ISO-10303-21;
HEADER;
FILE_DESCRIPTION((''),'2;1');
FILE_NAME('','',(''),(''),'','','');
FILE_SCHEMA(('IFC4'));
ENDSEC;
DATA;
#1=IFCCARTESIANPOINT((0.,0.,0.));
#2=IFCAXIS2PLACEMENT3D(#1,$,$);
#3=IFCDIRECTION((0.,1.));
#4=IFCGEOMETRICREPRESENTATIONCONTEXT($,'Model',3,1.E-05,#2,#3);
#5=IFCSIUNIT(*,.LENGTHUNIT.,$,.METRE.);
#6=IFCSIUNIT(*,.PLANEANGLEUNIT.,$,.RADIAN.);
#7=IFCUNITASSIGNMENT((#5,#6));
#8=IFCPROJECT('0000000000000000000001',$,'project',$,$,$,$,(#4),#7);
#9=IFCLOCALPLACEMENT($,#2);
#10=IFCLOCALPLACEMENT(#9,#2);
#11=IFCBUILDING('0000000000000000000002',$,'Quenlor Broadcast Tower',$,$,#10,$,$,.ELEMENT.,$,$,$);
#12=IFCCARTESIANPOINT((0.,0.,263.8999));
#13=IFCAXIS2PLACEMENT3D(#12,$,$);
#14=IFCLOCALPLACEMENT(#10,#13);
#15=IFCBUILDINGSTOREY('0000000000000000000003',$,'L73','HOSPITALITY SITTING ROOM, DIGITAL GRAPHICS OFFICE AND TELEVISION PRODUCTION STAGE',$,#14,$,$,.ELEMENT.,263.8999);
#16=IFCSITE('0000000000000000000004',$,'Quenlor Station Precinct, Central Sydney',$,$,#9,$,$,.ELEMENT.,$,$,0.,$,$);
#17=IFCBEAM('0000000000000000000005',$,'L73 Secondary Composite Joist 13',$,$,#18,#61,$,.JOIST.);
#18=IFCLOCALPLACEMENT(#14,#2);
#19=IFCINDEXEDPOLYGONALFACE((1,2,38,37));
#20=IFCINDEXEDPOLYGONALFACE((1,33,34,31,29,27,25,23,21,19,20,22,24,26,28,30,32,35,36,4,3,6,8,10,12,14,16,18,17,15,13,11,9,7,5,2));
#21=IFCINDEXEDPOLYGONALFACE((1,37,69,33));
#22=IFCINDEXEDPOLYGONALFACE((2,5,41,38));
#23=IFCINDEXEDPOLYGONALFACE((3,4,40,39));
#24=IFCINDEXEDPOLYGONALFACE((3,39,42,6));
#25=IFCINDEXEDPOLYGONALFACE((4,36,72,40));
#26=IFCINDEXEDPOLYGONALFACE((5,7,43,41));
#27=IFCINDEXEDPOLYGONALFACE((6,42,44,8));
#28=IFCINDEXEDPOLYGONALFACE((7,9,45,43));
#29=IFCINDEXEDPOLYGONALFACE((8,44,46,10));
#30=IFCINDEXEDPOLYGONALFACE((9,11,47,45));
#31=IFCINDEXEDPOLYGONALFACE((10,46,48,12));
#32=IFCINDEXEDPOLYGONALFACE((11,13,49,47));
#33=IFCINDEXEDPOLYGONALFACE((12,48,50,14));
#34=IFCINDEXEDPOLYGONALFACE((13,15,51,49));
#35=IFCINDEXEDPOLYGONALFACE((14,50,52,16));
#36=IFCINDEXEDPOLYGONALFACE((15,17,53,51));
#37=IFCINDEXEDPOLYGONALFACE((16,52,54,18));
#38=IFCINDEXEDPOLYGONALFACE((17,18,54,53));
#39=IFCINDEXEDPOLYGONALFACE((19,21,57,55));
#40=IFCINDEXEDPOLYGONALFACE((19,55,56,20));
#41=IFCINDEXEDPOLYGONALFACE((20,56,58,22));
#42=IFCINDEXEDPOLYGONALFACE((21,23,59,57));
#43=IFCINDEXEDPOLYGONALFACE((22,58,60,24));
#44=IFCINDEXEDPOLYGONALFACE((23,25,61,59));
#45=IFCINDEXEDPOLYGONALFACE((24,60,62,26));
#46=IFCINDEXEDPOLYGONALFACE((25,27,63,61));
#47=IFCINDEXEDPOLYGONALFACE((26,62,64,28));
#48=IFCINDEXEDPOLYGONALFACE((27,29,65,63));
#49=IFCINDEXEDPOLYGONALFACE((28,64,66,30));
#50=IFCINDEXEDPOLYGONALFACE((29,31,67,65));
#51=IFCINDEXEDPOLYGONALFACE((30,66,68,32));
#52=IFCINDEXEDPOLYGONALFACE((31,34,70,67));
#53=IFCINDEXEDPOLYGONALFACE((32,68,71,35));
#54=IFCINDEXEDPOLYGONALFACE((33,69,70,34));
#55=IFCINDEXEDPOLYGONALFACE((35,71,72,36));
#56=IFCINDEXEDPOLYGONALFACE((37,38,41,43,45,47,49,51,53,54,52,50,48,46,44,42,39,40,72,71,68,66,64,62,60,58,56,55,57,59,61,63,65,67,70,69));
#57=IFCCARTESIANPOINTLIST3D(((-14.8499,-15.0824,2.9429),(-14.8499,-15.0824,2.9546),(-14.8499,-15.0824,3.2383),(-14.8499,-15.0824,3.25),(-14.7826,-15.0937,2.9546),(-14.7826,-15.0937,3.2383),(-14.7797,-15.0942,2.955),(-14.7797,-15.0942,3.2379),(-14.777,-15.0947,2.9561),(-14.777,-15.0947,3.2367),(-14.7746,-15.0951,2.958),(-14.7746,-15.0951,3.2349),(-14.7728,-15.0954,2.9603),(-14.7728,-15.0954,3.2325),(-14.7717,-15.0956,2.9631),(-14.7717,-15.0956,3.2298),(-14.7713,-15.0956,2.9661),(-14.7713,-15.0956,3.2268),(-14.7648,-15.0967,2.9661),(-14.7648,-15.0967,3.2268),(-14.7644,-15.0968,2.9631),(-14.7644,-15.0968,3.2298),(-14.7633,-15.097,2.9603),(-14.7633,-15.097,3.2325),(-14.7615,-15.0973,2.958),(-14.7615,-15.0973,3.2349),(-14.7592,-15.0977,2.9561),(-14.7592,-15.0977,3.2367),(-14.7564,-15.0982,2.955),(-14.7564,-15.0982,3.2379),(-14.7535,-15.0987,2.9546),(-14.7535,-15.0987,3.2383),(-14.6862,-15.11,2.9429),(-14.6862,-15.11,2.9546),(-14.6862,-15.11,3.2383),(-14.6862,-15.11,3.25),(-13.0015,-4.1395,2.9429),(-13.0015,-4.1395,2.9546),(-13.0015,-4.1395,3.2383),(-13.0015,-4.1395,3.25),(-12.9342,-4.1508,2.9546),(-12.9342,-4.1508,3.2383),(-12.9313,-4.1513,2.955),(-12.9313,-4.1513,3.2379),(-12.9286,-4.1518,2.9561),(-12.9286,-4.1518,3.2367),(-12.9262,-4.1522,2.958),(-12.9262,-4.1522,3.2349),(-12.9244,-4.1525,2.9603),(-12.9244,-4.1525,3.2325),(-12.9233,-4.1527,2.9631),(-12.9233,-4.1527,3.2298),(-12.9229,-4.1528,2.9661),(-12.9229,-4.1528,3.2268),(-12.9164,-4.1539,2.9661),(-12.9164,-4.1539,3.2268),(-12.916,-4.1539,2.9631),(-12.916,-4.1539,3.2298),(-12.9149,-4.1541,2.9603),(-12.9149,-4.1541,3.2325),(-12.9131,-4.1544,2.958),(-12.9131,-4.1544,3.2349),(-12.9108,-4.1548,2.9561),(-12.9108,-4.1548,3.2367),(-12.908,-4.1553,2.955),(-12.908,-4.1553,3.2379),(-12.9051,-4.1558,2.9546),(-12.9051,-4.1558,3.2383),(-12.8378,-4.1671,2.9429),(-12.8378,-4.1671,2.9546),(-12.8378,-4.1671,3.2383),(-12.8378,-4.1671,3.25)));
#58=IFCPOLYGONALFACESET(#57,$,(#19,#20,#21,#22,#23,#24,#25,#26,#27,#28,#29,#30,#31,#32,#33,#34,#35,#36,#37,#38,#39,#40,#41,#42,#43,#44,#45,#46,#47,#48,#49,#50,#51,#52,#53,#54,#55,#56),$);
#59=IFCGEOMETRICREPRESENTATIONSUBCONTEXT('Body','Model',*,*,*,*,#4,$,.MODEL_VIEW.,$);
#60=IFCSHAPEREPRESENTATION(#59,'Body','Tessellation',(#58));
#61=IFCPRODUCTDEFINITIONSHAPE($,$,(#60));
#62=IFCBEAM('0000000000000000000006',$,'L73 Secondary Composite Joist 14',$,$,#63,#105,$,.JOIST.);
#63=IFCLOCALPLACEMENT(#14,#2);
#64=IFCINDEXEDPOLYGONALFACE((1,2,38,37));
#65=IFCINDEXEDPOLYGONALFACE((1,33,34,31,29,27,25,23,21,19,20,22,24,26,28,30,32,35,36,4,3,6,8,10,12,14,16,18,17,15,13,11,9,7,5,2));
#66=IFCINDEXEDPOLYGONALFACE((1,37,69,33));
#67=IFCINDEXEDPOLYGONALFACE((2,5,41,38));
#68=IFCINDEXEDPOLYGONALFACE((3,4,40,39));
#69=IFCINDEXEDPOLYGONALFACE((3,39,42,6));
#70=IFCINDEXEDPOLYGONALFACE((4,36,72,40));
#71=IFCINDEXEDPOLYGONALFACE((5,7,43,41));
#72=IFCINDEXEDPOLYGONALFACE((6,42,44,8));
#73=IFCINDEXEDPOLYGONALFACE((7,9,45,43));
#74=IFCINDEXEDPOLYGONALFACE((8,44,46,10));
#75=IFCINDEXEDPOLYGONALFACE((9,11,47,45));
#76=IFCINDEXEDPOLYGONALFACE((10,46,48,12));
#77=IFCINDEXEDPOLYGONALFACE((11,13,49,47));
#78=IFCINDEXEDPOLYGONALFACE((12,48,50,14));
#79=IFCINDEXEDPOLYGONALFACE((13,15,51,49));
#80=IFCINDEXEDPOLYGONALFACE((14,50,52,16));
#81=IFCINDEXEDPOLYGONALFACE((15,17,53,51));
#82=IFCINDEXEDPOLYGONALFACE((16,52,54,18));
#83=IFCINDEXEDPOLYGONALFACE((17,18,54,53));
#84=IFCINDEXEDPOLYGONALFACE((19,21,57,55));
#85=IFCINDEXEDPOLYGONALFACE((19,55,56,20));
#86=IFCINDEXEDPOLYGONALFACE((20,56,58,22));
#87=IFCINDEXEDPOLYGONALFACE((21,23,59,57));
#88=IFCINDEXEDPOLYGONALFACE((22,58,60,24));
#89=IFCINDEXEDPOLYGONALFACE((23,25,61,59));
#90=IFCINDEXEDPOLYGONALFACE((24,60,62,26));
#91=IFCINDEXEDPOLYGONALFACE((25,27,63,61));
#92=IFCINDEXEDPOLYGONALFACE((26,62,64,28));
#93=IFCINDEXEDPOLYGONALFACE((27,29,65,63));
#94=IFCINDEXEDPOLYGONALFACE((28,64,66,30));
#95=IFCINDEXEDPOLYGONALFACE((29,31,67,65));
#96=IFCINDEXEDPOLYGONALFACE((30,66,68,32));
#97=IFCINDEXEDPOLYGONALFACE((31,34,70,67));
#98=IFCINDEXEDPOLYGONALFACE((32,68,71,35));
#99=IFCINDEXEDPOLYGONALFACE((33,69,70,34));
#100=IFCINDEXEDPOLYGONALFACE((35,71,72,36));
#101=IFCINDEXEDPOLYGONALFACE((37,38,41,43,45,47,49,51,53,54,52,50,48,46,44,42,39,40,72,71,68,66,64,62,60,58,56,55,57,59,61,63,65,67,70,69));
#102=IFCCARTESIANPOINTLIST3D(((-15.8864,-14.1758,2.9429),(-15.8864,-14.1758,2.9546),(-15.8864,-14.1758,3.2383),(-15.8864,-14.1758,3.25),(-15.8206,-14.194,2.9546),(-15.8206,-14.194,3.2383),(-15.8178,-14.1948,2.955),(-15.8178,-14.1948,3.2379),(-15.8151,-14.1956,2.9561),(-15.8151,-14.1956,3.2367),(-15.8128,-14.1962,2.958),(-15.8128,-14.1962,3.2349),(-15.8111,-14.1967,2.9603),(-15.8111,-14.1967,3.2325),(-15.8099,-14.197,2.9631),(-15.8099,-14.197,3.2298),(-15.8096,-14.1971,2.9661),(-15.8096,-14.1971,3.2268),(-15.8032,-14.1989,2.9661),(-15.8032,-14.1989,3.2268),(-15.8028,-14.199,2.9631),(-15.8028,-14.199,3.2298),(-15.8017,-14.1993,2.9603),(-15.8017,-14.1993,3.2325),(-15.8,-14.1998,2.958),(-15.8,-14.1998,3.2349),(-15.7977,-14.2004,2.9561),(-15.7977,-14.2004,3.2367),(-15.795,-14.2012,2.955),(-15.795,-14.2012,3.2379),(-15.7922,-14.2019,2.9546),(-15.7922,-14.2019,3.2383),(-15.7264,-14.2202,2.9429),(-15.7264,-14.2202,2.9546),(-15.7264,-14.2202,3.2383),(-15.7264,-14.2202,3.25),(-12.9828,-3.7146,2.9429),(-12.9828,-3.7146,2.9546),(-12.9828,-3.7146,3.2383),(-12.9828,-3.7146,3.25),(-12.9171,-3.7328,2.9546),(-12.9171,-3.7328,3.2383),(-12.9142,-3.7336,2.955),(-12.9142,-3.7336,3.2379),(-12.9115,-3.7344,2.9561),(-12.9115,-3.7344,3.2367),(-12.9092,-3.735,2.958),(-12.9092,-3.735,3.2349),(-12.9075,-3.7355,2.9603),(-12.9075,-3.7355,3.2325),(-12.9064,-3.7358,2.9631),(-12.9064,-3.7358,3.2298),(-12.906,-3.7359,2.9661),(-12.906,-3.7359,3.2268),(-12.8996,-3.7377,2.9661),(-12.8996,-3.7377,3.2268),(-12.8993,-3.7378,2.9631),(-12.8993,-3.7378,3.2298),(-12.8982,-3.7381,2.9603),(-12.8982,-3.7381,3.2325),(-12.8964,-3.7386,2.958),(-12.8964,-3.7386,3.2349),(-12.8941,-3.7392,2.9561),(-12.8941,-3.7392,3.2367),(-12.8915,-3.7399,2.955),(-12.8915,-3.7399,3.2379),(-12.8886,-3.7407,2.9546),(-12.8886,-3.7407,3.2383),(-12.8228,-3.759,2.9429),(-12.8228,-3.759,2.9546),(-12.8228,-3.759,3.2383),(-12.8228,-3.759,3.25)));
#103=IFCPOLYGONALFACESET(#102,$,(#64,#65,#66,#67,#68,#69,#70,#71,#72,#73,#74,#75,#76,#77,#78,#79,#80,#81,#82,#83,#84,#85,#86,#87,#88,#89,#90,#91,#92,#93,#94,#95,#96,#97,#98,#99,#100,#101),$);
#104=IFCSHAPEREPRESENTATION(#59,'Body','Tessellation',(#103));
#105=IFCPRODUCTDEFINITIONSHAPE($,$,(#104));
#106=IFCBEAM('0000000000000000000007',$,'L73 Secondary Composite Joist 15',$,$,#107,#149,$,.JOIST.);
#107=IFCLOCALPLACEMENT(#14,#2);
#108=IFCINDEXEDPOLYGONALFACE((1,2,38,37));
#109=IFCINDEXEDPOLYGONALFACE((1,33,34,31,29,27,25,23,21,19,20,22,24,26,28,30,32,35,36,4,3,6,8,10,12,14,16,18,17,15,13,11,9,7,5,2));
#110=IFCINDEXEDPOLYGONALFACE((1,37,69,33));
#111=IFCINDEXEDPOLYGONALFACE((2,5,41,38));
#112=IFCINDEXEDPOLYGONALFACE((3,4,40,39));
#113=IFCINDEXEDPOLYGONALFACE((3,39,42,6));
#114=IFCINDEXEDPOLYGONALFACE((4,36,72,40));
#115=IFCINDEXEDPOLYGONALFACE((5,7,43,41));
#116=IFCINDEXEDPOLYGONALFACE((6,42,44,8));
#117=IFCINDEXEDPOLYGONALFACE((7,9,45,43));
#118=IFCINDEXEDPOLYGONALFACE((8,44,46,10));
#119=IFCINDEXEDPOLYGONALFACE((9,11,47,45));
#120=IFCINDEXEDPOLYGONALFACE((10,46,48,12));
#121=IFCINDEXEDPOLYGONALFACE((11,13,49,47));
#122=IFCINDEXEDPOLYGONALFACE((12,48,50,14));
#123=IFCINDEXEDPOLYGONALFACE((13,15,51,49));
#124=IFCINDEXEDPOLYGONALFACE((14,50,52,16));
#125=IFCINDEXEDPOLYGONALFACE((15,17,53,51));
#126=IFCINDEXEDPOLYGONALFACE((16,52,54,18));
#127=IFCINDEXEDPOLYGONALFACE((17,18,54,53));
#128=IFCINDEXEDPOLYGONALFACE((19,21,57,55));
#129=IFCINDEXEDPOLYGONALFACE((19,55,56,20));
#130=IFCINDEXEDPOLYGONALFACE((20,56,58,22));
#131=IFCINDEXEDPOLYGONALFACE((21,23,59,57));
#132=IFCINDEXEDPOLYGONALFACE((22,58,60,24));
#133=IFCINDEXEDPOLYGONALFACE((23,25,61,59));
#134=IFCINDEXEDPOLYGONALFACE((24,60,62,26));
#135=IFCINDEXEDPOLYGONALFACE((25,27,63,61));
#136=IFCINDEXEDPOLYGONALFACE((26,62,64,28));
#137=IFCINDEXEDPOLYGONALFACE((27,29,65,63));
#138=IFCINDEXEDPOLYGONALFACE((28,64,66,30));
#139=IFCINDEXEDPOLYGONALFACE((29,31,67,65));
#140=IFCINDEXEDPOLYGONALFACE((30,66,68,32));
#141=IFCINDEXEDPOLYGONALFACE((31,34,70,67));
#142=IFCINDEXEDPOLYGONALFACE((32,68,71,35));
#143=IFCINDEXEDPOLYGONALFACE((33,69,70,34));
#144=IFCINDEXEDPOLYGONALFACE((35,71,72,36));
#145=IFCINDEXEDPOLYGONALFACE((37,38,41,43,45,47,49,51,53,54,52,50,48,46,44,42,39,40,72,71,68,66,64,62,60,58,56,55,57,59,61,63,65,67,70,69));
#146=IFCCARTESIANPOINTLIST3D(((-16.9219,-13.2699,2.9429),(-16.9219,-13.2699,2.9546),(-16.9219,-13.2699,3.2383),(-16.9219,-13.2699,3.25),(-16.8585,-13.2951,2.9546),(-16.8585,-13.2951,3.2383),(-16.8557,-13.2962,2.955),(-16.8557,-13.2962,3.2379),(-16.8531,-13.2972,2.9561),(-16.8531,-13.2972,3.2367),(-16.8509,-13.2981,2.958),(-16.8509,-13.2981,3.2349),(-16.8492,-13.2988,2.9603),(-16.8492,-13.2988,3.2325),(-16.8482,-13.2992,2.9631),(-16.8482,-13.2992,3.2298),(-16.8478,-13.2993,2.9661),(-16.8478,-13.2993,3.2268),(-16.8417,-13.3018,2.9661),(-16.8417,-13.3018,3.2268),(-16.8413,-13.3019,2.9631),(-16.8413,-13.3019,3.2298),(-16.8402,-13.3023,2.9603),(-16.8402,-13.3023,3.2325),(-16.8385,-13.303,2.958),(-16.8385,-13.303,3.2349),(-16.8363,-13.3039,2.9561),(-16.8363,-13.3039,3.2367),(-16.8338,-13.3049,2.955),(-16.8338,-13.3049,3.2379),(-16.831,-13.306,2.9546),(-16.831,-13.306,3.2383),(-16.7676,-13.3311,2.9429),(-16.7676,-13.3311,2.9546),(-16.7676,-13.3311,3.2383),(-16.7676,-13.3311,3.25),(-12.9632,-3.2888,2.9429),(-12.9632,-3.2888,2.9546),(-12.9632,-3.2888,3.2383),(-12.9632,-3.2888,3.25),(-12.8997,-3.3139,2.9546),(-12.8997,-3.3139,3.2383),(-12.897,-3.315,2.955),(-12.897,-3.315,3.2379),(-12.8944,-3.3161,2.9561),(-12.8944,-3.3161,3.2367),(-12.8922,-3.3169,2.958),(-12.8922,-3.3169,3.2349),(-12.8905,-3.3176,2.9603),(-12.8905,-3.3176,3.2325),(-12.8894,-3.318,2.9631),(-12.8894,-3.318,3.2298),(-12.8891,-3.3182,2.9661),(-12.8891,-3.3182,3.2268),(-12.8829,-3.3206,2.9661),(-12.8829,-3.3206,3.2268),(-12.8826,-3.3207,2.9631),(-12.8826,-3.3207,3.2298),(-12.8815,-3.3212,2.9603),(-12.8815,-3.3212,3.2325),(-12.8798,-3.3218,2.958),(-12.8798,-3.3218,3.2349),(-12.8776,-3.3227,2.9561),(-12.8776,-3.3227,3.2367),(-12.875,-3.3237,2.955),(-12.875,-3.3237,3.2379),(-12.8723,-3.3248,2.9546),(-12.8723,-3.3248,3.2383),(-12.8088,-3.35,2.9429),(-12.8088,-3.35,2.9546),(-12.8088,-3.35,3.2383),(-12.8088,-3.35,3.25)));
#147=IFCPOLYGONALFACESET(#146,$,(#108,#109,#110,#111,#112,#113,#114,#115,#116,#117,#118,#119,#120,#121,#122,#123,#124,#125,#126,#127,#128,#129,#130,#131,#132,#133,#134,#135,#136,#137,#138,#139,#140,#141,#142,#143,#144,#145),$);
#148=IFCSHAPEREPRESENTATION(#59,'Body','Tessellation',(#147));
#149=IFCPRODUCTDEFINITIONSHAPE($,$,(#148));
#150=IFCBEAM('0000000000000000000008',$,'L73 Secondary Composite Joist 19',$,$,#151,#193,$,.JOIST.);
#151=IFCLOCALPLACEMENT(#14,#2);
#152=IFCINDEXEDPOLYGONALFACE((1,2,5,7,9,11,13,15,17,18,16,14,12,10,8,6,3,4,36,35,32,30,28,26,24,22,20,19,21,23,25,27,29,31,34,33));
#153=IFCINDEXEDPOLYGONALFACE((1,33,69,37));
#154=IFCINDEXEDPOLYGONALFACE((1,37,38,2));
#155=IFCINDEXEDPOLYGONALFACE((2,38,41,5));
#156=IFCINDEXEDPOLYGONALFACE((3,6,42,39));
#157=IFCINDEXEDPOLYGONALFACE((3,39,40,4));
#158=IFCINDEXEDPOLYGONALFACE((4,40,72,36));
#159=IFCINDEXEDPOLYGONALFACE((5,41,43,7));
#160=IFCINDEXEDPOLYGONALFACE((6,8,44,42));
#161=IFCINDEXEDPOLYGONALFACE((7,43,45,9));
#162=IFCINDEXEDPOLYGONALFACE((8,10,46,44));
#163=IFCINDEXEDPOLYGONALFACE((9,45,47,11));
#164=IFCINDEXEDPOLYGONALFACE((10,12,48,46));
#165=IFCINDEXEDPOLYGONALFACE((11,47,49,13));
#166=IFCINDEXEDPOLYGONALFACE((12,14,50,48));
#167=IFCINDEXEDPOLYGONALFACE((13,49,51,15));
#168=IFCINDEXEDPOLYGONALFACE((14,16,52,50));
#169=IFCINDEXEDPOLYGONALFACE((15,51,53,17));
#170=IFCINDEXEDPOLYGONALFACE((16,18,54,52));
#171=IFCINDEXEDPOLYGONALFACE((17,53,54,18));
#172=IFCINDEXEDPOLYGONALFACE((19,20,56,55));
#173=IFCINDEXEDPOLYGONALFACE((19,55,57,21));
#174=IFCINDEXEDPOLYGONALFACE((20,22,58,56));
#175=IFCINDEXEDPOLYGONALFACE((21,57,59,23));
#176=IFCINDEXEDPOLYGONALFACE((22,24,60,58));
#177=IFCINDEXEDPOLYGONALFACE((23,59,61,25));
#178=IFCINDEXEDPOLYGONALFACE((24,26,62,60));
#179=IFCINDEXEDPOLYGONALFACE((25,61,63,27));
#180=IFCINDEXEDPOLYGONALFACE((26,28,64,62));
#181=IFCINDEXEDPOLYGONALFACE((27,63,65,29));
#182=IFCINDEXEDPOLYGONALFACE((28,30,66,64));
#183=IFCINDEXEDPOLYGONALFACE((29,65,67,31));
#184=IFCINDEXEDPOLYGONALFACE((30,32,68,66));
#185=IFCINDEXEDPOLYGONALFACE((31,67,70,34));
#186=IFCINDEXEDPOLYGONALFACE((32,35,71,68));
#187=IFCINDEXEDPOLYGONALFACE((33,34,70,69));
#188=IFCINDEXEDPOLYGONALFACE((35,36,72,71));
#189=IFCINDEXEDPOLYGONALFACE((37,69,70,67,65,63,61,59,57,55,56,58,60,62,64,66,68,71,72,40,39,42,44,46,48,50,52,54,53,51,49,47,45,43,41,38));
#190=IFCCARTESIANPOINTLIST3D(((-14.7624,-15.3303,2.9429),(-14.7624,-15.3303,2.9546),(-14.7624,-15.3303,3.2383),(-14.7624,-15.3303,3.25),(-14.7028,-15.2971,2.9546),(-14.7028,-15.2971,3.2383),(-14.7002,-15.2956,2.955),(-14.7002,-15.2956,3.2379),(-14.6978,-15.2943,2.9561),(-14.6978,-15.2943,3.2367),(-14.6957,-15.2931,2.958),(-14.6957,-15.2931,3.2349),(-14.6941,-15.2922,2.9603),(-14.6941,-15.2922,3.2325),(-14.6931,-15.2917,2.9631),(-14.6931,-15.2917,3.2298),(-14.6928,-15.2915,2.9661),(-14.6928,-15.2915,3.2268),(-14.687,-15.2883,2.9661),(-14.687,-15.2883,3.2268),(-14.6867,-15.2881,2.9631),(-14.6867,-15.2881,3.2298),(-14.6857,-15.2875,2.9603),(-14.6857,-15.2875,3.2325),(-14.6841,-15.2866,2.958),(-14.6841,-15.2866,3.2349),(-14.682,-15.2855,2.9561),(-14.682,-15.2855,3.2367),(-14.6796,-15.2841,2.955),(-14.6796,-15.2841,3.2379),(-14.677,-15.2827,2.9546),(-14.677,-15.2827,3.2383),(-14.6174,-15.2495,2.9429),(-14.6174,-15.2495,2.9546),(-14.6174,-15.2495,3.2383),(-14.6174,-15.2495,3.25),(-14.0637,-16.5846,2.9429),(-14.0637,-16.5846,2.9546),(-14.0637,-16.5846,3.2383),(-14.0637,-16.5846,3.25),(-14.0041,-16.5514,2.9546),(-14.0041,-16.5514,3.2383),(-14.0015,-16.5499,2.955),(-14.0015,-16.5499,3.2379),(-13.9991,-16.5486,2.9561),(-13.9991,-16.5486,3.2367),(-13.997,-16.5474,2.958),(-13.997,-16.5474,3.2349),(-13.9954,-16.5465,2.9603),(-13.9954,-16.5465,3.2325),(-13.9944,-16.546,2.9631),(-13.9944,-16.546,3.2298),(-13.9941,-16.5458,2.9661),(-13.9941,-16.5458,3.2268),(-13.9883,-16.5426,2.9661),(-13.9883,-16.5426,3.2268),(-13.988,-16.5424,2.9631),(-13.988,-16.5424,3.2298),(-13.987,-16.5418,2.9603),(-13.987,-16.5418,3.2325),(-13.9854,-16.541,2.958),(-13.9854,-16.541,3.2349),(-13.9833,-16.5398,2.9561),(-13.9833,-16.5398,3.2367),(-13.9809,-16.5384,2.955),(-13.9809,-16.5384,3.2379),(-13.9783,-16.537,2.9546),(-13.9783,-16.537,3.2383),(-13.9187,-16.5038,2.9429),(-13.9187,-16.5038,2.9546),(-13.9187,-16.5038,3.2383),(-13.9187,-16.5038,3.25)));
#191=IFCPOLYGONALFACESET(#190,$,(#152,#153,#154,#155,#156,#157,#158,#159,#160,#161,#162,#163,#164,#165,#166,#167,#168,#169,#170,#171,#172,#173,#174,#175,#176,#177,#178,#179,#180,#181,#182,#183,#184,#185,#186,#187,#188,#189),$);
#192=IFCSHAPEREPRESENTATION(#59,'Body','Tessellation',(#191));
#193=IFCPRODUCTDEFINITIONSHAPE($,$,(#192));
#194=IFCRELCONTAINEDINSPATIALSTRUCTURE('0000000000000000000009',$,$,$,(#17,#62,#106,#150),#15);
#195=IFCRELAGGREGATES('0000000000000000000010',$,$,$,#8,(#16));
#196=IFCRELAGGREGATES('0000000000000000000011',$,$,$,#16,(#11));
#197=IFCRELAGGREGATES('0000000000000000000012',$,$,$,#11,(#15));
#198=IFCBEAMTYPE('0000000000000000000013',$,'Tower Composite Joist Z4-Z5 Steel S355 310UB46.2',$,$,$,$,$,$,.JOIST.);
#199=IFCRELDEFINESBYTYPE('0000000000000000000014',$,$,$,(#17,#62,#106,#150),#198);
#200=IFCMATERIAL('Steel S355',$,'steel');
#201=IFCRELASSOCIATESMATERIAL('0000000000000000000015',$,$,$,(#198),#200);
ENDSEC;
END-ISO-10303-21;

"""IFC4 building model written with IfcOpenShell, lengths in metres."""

from ifc_helpers import new_model, si_unit, direction, frame, origin, origin_2d, place, context, subcontext, project, spatial, i_section, extrude, material, material_profile, profile_set, type_object, element, save


model = new_model("IFC4")

# Units and contexts
model_context = context("Model", 3, precision=1e-05, world=origin(), true_north=direction((0.0, 1.0)))
body_context = subcontext(model_context, "Body", "Model", "MODEL_VIEW")
ifc_project = project(units=[si_unit("LENGTHUNIT", "METRE"), si_unit("PLANEANGLEUNIT", "RADIAN")], contexts=[model_context])

# Site, building, storey
site_placement = place(None, origin())
site = spatial("IfcSite", under=ifc_project, at=site_placement, Name="Quenlor Station Precinct, Central Sydney", CompositionType="ELEMENT", RefElevation=0.0)
building_placement = place(site_placement, origin())
building = spatial("IfcBuilding", under=site, at=building_placement, Name="Quenlor Broadcast Tower", CompositionType="ELEMENT")
storey_placement = place(building_placement, frame((0.0, 0.0, 263.8999)))
storey = spatial("IfcBuildingStorey", under=building, at=storey_placement, Name="L73", Description="HOSPITALITY SITTING ROOM, DIGITAL GRAPHICS OFFICE AND TELEVISION PRODUCTION STAGE", CompositionType="ELEMENT", Elevation=263.8999)

# Beams
ifc_material_1 = material(Name="Steel S355", Category="steel")
ifc_material_profile_1 = material_profile(ifc_material_1, i_section(OverallWidth=0.166, OverallDepth=0.3071, WebThickness=0.0066, FlangeThickness=0.0117, FilletRadius=0.0115, at=origin_2d()))
ifc_profile_set_1 = profile_set([ifc_material_profile_1], Name="Steel S355 310UB46.2")
beam_type_1 = type_object("IfcBeamType", Name="Tower Composite Joist Z4-Z5 Steel S355 310UB46.2", PredefinedType="JOIST", material=ifc_profile_set_1)
beam_1_placement = place(storey_placement, frame((-14.7681, -15.0962, 3.0964), z_axis=(0.166553, 0.986032, 0.0), x_axis=(-0.986032, 0.166553, 0.0)))
element("IfcBeam", 1, at=beam_1_placement, inside=storey, type_object=beam_type_1, Name="L73 Secondary Composite Joist 13", PredefinedType="JOIST", context=body_context, shape_type="SweptSolid", body=[
    extrude(i_section(OverallWidth=0.166, OverallDepth=0.3071, WebThickness=0.0066, FlangeThickness=0.0117, FilletRadius=0.0115, at=origin_2d()), origin(), (0.0, 0.0, 1.0), 11.0979),
])
beam_2_placement = place(storey_placement, frame((-15.8064, -14.198, 3.0964), z_axis=(0.267446, 0.963573, 0.0), x_axis=(-0.963573, 0.267446, 0.0)))
element("IfcBeam", 2, at=beam_2_placement, inside=storey, type_object=beam_type_1, Name="L73 Secondary Composite Joist 14", PredefinedType="JOIST", context=body_context, shape_type="SweptSolid", body=[
    extrude(i_section(OverallWidth=0.166, OverallDepth=0.3071, WebThickness=0.0066, FlangeThickness=0.0117, FilletRadius=0.0115, at=origin_2d()), origin(), (0.0, 0.0, 1.0), 10.8567),
])
beam_3_placement = place(storey_placement, frame((-16.8447, -13.3005, 3.0964), z_axis=(0.36868, 0.929556, 0.0), x_axis=(-0.929556, 0.36868, 0.0)))
element("IfcBeam", 3, at=beam_3_placement, inside=storey, type_object=beam_type_1, Name="L73 Secondary Composite Joist 15", PredefinedType="JOIST", context=body_context, shape_type="SweptSolid", body=[
    extrude(i_section(OverallWidth=0.166, OverallDepth=0.3071, WebThickness=0.0066, FlangeThickness=0.0117, FilletRadius=0.0115, at=origin_2d()), origin(), (0.0, 0.0, 1.0), 10.7375),
])
beam_4_placement = place(storey_placement, frame((-13.9912, -16.5442, 3.0964), z_axis=(-0.486624, 0.873611, 0.0), x_axis=(-0.873611, -0.486624, 0.0)))
element("IfcBeam", 4, at=beam_4_placement, inside=storey, type_object=beam_type_1, Name="L73 Secondary Composite Joist 19", PredefinedType="JOIST", context=body_context, shape_type="SweptSolid", body=[
    extrude(i_section(OverallWidth=0.166, OverallDepth=0.3071, WebThickness=0.0066, FlangeThickness=0.0117, FilletRadius=0.0115, at=origin_2d()), origin(), (0.0, 0.0, 1.0), 1.4358),
])

save(model, "model.ifc")
